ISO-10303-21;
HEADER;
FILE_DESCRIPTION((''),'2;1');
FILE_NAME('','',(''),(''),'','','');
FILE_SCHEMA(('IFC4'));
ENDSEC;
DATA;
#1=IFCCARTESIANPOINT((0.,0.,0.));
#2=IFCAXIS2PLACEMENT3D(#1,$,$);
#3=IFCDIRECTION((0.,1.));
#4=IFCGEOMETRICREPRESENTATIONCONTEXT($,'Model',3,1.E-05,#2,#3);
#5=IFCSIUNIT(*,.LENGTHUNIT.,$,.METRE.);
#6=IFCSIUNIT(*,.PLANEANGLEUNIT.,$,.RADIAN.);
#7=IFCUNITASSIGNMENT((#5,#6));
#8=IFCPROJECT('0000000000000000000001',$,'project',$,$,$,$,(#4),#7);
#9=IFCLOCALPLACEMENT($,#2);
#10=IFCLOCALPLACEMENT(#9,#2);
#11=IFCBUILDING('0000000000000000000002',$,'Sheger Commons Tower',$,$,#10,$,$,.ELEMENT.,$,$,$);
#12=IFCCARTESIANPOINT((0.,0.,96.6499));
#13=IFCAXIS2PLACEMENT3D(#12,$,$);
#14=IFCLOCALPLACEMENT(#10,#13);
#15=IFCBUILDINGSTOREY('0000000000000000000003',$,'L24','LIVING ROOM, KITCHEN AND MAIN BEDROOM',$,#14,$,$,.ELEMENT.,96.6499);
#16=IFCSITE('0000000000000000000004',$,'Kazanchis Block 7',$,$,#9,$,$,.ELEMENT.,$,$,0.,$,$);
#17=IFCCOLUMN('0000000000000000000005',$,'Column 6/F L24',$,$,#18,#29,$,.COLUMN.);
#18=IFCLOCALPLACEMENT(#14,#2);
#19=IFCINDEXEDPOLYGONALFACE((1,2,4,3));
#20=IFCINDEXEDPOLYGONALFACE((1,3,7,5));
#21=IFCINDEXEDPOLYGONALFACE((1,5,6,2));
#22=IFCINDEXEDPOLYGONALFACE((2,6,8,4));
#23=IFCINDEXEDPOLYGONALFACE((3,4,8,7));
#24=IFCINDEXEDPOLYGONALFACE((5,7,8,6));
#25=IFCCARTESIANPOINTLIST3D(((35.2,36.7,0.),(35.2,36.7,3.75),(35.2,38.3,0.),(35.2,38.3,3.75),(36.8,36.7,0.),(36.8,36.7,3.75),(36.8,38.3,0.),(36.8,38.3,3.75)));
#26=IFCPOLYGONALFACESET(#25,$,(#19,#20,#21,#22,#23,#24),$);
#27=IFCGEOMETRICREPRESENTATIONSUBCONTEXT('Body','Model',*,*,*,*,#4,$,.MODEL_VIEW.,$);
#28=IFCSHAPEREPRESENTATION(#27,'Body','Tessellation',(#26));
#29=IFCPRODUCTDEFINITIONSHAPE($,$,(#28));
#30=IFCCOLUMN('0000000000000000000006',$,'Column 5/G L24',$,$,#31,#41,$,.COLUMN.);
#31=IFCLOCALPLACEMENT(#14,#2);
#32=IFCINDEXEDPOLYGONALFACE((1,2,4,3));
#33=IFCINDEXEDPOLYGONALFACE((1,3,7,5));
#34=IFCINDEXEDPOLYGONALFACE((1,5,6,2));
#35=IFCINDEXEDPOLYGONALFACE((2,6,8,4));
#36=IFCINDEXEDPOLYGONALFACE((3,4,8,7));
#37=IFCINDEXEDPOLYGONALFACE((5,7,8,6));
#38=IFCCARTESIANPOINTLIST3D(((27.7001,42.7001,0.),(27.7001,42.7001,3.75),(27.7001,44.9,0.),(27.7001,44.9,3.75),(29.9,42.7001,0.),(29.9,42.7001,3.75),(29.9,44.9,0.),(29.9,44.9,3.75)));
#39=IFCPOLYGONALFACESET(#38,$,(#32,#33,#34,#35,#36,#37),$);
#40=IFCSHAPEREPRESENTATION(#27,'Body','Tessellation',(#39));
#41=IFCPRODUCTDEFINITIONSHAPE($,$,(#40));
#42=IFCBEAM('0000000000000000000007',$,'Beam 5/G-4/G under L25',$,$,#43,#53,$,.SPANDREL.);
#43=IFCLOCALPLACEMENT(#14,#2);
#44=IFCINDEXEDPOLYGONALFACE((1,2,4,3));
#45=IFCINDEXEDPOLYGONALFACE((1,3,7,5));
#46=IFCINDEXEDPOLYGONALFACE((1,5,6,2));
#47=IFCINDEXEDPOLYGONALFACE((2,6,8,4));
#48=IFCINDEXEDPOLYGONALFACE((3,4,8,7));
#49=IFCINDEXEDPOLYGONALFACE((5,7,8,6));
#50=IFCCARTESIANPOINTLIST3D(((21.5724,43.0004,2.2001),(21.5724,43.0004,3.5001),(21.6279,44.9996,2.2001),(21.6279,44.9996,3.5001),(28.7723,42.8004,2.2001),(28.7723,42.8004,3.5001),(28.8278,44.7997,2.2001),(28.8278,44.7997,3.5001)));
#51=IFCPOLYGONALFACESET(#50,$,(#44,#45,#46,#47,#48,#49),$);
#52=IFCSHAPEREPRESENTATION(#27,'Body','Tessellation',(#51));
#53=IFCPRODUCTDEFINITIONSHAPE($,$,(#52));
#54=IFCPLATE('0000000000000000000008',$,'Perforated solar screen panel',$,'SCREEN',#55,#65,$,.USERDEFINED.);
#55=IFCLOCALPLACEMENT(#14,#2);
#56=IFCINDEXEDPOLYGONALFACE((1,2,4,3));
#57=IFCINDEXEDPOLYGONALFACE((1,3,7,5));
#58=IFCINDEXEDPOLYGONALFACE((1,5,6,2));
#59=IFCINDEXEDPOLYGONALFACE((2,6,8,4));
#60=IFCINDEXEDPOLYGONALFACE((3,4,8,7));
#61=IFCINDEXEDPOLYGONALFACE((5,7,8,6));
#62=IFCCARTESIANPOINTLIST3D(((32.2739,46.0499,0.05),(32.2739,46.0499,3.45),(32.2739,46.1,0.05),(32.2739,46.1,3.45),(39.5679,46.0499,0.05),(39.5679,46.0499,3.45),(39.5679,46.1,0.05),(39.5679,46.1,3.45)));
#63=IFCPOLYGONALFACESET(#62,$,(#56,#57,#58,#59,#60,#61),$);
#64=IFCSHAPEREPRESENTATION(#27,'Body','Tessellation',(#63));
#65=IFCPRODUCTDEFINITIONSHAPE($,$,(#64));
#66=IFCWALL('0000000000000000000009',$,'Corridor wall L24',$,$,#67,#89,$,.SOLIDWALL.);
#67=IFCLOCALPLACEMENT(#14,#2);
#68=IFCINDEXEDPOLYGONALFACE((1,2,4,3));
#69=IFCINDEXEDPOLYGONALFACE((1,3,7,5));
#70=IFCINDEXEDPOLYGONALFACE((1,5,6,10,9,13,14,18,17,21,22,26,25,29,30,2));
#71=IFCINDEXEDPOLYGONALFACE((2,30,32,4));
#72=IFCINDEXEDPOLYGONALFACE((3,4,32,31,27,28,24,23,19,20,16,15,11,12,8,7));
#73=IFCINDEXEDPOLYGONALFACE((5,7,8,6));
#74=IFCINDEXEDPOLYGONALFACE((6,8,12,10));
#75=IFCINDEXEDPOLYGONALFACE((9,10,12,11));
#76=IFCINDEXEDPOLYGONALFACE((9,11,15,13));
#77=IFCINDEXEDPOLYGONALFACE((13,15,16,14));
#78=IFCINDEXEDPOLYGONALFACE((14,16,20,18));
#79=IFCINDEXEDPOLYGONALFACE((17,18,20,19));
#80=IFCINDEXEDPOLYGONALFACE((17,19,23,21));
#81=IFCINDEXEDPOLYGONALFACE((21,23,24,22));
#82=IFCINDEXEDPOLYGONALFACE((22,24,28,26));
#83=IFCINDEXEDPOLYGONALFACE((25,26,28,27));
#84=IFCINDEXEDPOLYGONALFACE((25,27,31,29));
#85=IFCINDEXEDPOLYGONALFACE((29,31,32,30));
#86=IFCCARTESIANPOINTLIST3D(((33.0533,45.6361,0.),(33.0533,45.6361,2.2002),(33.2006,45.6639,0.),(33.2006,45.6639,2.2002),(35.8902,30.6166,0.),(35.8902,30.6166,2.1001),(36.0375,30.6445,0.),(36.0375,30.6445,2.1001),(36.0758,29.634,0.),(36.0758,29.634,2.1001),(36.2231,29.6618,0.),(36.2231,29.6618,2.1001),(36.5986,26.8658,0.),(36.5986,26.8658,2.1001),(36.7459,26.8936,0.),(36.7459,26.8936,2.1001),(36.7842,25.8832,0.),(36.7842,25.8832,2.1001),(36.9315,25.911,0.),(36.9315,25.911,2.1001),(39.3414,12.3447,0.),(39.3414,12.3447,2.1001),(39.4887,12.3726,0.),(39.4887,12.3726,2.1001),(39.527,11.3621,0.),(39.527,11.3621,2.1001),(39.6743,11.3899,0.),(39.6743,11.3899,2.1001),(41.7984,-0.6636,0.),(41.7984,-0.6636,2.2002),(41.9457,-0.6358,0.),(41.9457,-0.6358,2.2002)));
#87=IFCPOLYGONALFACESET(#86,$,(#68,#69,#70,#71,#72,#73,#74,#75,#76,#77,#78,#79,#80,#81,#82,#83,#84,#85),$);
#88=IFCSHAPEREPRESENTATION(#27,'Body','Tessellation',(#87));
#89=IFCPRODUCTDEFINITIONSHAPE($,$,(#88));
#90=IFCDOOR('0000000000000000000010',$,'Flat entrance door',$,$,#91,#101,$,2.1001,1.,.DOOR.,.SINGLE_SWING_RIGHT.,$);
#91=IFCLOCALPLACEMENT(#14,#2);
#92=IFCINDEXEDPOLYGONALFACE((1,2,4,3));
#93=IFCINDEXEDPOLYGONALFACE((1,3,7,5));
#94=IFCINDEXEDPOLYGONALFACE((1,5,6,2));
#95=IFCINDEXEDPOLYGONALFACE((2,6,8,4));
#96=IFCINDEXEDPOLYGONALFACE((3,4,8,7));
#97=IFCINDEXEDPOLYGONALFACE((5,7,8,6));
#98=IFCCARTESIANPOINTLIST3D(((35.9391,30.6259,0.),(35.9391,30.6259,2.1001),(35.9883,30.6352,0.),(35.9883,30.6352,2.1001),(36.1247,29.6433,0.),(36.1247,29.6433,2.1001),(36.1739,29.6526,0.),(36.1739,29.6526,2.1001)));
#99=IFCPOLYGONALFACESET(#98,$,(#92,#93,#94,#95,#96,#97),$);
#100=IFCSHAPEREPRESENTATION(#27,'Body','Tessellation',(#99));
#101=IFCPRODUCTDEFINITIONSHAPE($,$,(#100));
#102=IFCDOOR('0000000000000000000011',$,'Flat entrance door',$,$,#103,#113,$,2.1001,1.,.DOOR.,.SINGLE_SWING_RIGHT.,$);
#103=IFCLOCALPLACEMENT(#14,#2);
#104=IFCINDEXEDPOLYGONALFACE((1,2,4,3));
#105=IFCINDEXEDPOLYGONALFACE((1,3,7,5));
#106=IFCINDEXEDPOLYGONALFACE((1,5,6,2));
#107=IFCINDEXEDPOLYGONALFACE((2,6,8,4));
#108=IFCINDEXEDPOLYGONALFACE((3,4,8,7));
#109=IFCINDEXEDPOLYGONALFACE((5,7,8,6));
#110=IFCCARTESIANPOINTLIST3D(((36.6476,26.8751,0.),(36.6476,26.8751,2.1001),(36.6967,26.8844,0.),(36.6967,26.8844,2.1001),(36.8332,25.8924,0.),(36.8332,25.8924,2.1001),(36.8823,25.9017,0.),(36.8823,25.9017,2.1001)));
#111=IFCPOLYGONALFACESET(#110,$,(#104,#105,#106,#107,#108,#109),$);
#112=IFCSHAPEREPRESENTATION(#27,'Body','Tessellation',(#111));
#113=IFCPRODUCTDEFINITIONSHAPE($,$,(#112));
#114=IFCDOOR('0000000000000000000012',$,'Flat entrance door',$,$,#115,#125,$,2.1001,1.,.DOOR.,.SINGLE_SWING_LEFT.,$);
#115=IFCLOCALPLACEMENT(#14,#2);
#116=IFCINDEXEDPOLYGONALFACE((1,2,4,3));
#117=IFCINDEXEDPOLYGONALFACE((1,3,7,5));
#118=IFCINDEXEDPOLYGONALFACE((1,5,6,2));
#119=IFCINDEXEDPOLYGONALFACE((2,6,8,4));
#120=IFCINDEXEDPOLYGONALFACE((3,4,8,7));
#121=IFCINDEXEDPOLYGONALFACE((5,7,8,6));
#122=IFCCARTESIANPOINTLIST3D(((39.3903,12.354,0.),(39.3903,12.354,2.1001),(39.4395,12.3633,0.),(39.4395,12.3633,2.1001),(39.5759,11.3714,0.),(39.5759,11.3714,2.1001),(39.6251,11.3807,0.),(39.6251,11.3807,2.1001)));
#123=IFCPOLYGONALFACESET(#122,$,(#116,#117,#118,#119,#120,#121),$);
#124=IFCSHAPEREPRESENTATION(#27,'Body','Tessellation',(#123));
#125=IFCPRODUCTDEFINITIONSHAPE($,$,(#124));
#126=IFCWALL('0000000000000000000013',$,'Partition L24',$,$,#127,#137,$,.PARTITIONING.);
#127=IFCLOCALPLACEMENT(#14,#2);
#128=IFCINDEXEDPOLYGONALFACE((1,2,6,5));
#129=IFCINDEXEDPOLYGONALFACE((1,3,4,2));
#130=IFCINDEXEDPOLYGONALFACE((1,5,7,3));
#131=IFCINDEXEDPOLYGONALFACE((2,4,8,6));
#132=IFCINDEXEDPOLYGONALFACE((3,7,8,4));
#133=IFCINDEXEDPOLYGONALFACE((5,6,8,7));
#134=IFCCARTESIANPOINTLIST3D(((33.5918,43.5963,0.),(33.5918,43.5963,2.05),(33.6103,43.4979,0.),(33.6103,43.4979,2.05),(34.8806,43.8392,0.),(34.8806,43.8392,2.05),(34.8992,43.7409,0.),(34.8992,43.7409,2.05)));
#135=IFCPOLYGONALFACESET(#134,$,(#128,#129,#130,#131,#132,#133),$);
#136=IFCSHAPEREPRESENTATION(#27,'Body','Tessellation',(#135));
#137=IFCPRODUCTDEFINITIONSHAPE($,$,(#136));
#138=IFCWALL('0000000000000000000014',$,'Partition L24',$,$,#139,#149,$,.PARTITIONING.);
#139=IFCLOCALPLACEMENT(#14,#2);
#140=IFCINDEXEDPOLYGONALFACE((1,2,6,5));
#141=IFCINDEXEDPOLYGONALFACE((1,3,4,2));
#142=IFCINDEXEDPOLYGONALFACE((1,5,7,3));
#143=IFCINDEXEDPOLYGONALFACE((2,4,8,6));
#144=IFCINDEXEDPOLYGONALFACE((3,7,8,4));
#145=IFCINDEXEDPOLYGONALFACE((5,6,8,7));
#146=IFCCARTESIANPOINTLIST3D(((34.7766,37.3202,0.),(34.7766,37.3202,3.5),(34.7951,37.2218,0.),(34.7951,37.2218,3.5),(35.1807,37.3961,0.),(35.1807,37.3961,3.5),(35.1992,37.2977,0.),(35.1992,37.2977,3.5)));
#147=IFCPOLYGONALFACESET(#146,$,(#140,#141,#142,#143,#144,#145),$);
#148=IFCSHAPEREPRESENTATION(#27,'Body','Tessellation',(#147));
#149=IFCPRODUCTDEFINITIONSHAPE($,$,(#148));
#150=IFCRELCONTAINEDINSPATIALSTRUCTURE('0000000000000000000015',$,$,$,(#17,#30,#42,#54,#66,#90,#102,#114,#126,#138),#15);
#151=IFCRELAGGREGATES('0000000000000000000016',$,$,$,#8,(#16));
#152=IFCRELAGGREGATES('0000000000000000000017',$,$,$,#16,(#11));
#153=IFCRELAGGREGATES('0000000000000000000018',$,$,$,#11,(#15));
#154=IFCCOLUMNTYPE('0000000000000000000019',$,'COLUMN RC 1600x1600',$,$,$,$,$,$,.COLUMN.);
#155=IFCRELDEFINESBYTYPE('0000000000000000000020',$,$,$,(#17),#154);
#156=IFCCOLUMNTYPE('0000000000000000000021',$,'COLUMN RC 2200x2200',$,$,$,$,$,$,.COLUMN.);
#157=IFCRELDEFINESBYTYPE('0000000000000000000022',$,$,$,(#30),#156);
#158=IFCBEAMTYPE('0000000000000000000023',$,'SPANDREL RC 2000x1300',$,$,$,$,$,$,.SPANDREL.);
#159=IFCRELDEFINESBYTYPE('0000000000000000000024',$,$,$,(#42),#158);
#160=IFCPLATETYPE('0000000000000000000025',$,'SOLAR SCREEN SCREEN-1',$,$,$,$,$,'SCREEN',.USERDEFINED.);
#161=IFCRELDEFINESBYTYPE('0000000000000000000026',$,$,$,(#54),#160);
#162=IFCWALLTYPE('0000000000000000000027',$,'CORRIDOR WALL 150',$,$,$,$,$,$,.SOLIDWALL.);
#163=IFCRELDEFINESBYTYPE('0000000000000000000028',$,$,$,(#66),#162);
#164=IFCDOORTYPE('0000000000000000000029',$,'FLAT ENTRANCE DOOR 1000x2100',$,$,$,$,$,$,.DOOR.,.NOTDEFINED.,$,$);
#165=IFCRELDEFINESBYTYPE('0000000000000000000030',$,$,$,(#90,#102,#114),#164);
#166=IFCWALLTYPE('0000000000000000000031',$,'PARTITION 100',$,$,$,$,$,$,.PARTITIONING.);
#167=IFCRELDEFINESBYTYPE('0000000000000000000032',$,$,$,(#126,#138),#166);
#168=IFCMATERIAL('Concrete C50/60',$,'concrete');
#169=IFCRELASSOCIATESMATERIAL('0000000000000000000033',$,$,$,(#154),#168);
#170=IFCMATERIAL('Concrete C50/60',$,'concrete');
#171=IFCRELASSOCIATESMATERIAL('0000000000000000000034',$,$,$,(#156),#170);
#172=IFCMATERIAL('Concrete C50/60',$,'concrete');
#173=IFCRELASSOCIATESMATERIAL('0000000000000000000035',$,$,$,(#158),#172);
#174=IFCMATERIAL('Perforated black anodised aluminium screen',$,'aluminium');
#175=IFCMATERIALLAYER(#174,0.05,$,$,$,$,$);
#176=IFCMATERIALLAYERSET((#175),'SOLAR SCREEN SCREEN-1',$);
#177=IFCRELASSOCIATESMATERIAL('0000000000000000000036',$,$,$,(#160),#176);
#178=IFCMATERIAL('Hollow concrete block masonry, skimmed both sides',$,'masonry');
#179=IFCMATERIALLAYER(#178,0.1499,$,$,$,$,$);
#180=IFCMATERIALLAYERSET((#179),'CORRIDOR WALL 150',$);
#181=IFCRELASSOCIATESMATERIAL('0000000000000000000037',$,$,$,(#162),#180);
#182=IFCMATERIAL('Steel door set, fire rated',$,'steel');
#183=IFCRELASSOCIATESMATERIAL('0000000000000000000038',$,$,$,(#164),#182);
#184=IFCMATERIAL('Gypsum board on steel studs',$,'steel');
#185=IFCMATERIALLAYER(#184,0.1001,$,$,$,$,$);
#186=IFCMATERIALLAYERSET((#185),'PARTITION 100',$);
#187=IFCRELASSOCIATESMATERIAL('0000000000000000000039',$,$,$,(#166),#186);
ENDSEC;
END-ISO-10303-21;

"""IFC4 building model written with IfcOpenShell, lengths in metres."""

from ifc_helpers import new_model, si_unit, direction, frame, frame_2d, origin, origin_2d, place, context, subcontext, project, spatial, rectangle, extrude, material, layer, layer_set, material_profile, profile_set, type_object, element, fill, save


model = new_model("IFC4")

# Units and contexts
model_context = context("Model", 3, precision=1e-05, world=origin(), true_north=direction((0.0, 1.0)))
body_context = subcontext(model_context, "Body", "Model", "MODEL_VIEW")
ifc_project = project(units=[si_unit("LENGTHUNIT", "METRE"), si_unit("PLANEANGLEUNIT", "RADIAN")], contexts=[model_context])

# Site, building, storey
site_placement = place(None, origin())
site = spatial("IfcSite", under=ifc_project, at=site_placement, Name="Kazanchis Block 7", CompositionType="ELEMENT", RefElevation=0.0)
building_placement = place(site_placement, origin())
building = spatial("IfcBuilding", under=site, at=building_placement, Name="Sheger Commons Tower", CompositionType="ELEMENT")
storey_placement = place(building_placement, frame((0.0, 0.0, 96.6499)))
storey = spatial("IfcBuildingStorey", under=building, at=storey_placement, Name="L24", Description="LIVING ROOM, KITCHEN AND MAIN BEDROOM", CompositionType="ELEMENT", Elevation=96.6499)

# Columns
ifc_material_1 = material(Name="Concrete C50/60", Category="concrete")
ifc_material_profile_1 = material_profile(ifc_material_1, rectangle(XDim=1.6001, YDim=1.6001, at=origin_2d()), Name="RC 1600x1600")
ifc_profile_set_1 = profile_set([ifc_material_profile_1], Name="Concrete C50/60")
column_type_1 = type_object("IfcColumnType", Name="COLUMN RC 1600x1600", PredefinedType="COLUMN", material=ifc_profile_set_1)
column_1_placement = place(storey_placement, frame((36.0, 37.5, 0.0), z_axis=(0.0, 0.0, 1.0), x_axis=(1.0, 0.0, 0.0)))
element("IfcColumn", 1, at=column_1_placement, inside=storey, type_object=column_type_1, Name="Column 6/F L24", PredefinedType="COLUMN", context=body_context, shape_type="SweptSolid", body=[
    extrude(rectangle(XDim=1.6001, YDim=1.6001, at=origin_2d()), origin(), (0.0, 0.0, 1.0), 3.75),
])
ifc_material_2 = material(Name="Concrete C50/60", Category="concrete")
ifc_material_profile_2 = material_profile(ifc_material_2, rectangle(XDim=2.2, YDim=2.2, at=origin_2d()), Name="RC 2200x2200")
ifc_profile_set_2 = profile_set([ifc_material_profile_2], Name="Concrete C50/60")
column_type_2 = type_object("IfcColumnType", Name="COLUMN RC 2200x2200", PredefinedType="COLUMN", material=ifc_profile_set_2)
column_2_placement = place(storey_placement, frame((28.8, 43.8, 0.0), z_axis=(0.0, 0.0, 1.0), x_axis=(1.0, 0.0, 0.0)))
element("IfcColumn", 2, at=column_2_placement, inside=storey, type_object=column_type_2, Name="Column 5/G L24", PredefinedType="COLUMN", context=body_context, shape_type="SweptSolid", body=[
    extrude(rectangle(XDim=2.2, YDim=2.2, at=origin_2d()), origin(), (0.0, 0.0, 1.0), 3.75),
])

# Beam
ifc_material_3 = material(Name="Concrete C50/60", Category="concrete")
ifc_material_profile_3 = material_profile(ifc_material_3, rectangle(XDim=2.0, YDim=1.3, at=origin_2d()), Name="RC 2000x1300")
ifc_profile_set_3 = profile_set([ifc_material_profile_3], Name="Concrete C50/60")
beam_type = type_object("IfcBeamType", Name="SPANDREL RC 2000x1300", PredefinedType="SPANDREL", material=ifc_profile_set_3)
beam_placement = place(storey_placement, frame((28.8, 43.8, 2.8501), z_axis=(-0.999615, 0.02776, 0.0), x_axis=(-0.02776, -0.999615, 0.0)))
element("IfcBeam", 3, at=beam_placement, inside=storey, type_object=beam_type, Name="Beam 5/G-4/G under L25", PredefinedType="SPANDREL", context=body_context, shape_type="SweptSolid", body=[
    extrude(rectangle(XDim=2.0, YDim=1.3, at=origin_2d()), origin(), (0.0, 0.0, 1.0), 7.2026),
])

# Plate
ifc_material_4 = material(Name="Perforated black anodised aluminium screen", Category="aluminium")
ifc_layer_1 = layer(ifc_material_4, 0.05)
ifc_layer_set_1 = layer_set([ifc_layer_1], Name="SOLAR SCREEN SCREEN-1")
plate_type = type_object("IfcPlateType", Name="SOLAR SCREEN SCREEN-1", ElementType="SCREEN", PredefinedType="USERDEFINED", material=ifc_layer_set_1)
plate_placement = place(storey_placement, frame((35.9209, 46.075, 0.05), z_axis=(0.0, 0.0, 1.0), x_axis=(-1.0, 0.0, 0.0)))
element("IfcPlate", 4, at=plate_placement, inside=storey, type_object=plate_type, Name="Perforated solar screen panel", ObjectType="SCREEN", PredefinedType="USERDEFINED", context=body_context, shape_type="SweptSolid", body=[
    extrude(rectangle(XDim=7.2939, YDim=0.05, at=origin_2d()), origin(), (0.0, 0.0, 1.0), 3.3999),
])

# Wall, openings, doors
ifc_material_5 = material(Name="Hollow concrete block masonry, skimmed both sides", Category="masonry")
ifc_layer_2 = layer(ifc_material_5, 0.1499)
ifc_layer_set_2 = layer_set([ifc_layer_2], Name="CORRIDOR WALL 150")
wall_type_1 = type_object("IfcWallType", Name="CORRIDOR WALL 150", PredefinedType="SOLIDWALL", material=ifc_layer_set_2)
wall_1_placement = place(storey_placement, frame((33.127, 45.6499, 0.0), z_axis=(0.0, 0.0, 1.0), x_axis=(0.185599, -0.982626, 0.0)))
wall_1 = element("IfcWall", 5, at=wall_1_placement, inside=storey, type_object=wall_type_1, Name="Corridor wall L24", PredefinedType="SOLIDWALL", context=body_context, shape_type="SweptSolid", body=[
    extrude(rectangle(XDim=47.1184, YDim=0.1499, at=frame_2d((23.5591, 0.0))), origin(), (0.0, 0.0, 1.0), 2.2002),
])
opening_1_placement = place(wall_1_placement, frame((15.2849, 0.0, 0.0)))
opening_1 = element("IfcOpeningElement", 6, at=opening_1_placement, cuts=wall_1, PredefinedType="OPENING", context=body_context, shape_type="SweptSolid", body=[
    extrude(rectangle(XDim=1.0, YDim=2.1001, at=frame_2d((0.5, 1.05))), frame((0.0, 0.085, 0.0), z_axis=(0.0, -1.0, 0.0), x_axis=(1.0, 0.0, 0.0)), (0.0, 0.0, 1.0), 0.1699),
])
opening_2_placement = place(wall_1_placement, frame((19.1021, 0.0, 0.0)))
opening_2 = element("IfcOpeningElement", 7, at=opening_2_placement, cuts=wall_1, PredefinedType="OPENING", context=body_context, shape_type="SweptSolid", body=[
    extrude(rectangle(XDim=1.0, YDim=2.1001, at=frame_2d((0.5, 1.05))), frame((0.0, 0.085, 0.0), z_axis=(0.0, -1.0, 0.0), x_axis=(1.0, 0.0, 0.0)), (0.0, 0.0, 1.0), 0.1699),
])
opening_3_placement = place(wall_1_placement, frame((33.8799, 0.0, 0.0)))
opening_3 = element("IfcOpeningElement", 8, at=opening_3_placement, cuts=wall_1, PredefinedType="OPENING", context=body_context, shape_type="SweptSolid", body=[
    extrude(rectangle(XDim=1.0, YDim=2.1001, at=frame_2d((0.5, 1.05))), frame((0.0, 0.085, 0.0), z_axis=(0.0, -1.0, 0.0), x_axis=(1.0, 0.0, 0.0)), (0.0, 0.0, 1.0), 0.1699),
])
ifc_material_6 = material(Name="Steel door set, fire rated", Category="steel")
door_type_1 = type_object("IfcDoorType", Name="FLAT ENTRANCE DOOR 1000x2100", OperationType="NOTDEFINED", PredefinedType="DOOR", material=ifc_material_6)
door_1_placement = place(opening_1_placement, origin())
door_1 = element("IfcDoor", 9, at=door_1_placement, inside=storey, type_object=door_type_1, Name="Flat entrance door", OperationType="SINGLE_SWING_RIGHT", OverallHeight=2.1001, OverallWidth=1.0, PredefinedType="DOOR", context=body_context, shape_type="SweptSolid", body=[
    extrude(rectangle(XDim=1.0, YDim=2.1001, at=frame_2d((0.5, 1.05))), frame((0.0, 0.0249, 0.0), z_axis=(0.0, -1.0, 0.0), x_axis=(1.0, 0.0, 0.0)), (0.0, 0.0, 1.0), 0.05),
])
fill(opening_1, door_1)
door_2_placement = place(opening_2_placement, origin())
door_2 = element("IfcDoor", 10, at=door_2_placement, inside=storey, type_object=door_type_1, Name="Flat entrance door", OperationType="SINGLE_SWING_RIGHT", OverallHeight=2.1001, OverallWidth=1.0, PredefinedType="DOOR", context=body_context, shape_type="SweptSolid", body=[
    extrude(rectangle(XDim=1.0, YDim=2.1001, at=frame_2d((0.5, 1.05))), frame((0.0, 0.0249, 0.0), z_axis=(0.0, -1.0, 0.0), x_axis=(1.0, 0.0, 0.0)), (0.0, 0.0, 1.0), 0.05),
])
fill(opening_2, door_2)
door_3_placement = place(opening_3_placement, origin())
door_3 = element("IfcDoor", 11, at=door_3_placement, inside=storey, type_object=door_type_1, Name="Flat entrance door", OperationType="SINGLE_SWING_LEFT", OverallHeight=2.1001, OverallWidth=1.0, PredefinedType="DOOR", context=body_context, shape_type="SweptSolid", body=[
    extrude(rectangle(XDim=1.0, YDim=2.1001, at=frame_2d((0.5, 1.05))), frame((0.0, 0.0249, 0.0), z_axis=(0.0, -1.0, 0.0), x_axis=(1.0, 0.0, 0.0)), (0.0, 0.0, 1.0), 0.05),
])
fill(opening_3, door_3)

# Walls
ifc_material_7 = material(Name="Gypsum board on steel studs", Category="steel")
ifc_layer_3 = layer(ifc_material_7, 0.1001)
ifc_layer_set_3 = layer_set([ifc_layer_3], Name="PARTITION 100")
wall_type_2 = type_object("IfcWallType", Name="PARTITION 100", PredefinedType="PARTITIONING", material=ifc_layer_set_3)
wall_2_placement = place(storey_placement, frame((34.8899, 43.79, 0.0), z_axis=(0.0, 0.0, 1.0), x_axis=(-0.982697, -0.185221, 0.0)))
element("IfcWall", 12, at=wall_2_placement, inside=storey, type_object=wall_type_2, Name="Partition L24", PredefinedType="PARTITIONING", context=body_context, shape_type="SweptSolid", body=[
    extrude(rectangle(XDim=1.3115, YDim=0.1001, at=frame_2d((0.6558, 0.0))), origin(), (0.0, 0.0, 1.0), 2.05),
])
wall_3_placement = place(storey_placement, frame((35.1899, 37.3469, 0.0), z_axis=(0.0, 0.0, 1.0), x_axis=(-0.982798, -0.184683, 0.0)))
element("IfcWall", 13, at=wall_3_placement, inside=storey, type_object=wall_type_2, Name="Partition L24", PredefinedType="PARTITIONING", context=body_context, shape_type="SweptSolid", body=[
    extrude(rectangle(XDim=0.4111, YDim=0.1001, at=frame_2d((0.2056, 0.0))), origin(), (0.0, 0.0, 1.0), 3.5),
])

save(model, "model.ifc")
